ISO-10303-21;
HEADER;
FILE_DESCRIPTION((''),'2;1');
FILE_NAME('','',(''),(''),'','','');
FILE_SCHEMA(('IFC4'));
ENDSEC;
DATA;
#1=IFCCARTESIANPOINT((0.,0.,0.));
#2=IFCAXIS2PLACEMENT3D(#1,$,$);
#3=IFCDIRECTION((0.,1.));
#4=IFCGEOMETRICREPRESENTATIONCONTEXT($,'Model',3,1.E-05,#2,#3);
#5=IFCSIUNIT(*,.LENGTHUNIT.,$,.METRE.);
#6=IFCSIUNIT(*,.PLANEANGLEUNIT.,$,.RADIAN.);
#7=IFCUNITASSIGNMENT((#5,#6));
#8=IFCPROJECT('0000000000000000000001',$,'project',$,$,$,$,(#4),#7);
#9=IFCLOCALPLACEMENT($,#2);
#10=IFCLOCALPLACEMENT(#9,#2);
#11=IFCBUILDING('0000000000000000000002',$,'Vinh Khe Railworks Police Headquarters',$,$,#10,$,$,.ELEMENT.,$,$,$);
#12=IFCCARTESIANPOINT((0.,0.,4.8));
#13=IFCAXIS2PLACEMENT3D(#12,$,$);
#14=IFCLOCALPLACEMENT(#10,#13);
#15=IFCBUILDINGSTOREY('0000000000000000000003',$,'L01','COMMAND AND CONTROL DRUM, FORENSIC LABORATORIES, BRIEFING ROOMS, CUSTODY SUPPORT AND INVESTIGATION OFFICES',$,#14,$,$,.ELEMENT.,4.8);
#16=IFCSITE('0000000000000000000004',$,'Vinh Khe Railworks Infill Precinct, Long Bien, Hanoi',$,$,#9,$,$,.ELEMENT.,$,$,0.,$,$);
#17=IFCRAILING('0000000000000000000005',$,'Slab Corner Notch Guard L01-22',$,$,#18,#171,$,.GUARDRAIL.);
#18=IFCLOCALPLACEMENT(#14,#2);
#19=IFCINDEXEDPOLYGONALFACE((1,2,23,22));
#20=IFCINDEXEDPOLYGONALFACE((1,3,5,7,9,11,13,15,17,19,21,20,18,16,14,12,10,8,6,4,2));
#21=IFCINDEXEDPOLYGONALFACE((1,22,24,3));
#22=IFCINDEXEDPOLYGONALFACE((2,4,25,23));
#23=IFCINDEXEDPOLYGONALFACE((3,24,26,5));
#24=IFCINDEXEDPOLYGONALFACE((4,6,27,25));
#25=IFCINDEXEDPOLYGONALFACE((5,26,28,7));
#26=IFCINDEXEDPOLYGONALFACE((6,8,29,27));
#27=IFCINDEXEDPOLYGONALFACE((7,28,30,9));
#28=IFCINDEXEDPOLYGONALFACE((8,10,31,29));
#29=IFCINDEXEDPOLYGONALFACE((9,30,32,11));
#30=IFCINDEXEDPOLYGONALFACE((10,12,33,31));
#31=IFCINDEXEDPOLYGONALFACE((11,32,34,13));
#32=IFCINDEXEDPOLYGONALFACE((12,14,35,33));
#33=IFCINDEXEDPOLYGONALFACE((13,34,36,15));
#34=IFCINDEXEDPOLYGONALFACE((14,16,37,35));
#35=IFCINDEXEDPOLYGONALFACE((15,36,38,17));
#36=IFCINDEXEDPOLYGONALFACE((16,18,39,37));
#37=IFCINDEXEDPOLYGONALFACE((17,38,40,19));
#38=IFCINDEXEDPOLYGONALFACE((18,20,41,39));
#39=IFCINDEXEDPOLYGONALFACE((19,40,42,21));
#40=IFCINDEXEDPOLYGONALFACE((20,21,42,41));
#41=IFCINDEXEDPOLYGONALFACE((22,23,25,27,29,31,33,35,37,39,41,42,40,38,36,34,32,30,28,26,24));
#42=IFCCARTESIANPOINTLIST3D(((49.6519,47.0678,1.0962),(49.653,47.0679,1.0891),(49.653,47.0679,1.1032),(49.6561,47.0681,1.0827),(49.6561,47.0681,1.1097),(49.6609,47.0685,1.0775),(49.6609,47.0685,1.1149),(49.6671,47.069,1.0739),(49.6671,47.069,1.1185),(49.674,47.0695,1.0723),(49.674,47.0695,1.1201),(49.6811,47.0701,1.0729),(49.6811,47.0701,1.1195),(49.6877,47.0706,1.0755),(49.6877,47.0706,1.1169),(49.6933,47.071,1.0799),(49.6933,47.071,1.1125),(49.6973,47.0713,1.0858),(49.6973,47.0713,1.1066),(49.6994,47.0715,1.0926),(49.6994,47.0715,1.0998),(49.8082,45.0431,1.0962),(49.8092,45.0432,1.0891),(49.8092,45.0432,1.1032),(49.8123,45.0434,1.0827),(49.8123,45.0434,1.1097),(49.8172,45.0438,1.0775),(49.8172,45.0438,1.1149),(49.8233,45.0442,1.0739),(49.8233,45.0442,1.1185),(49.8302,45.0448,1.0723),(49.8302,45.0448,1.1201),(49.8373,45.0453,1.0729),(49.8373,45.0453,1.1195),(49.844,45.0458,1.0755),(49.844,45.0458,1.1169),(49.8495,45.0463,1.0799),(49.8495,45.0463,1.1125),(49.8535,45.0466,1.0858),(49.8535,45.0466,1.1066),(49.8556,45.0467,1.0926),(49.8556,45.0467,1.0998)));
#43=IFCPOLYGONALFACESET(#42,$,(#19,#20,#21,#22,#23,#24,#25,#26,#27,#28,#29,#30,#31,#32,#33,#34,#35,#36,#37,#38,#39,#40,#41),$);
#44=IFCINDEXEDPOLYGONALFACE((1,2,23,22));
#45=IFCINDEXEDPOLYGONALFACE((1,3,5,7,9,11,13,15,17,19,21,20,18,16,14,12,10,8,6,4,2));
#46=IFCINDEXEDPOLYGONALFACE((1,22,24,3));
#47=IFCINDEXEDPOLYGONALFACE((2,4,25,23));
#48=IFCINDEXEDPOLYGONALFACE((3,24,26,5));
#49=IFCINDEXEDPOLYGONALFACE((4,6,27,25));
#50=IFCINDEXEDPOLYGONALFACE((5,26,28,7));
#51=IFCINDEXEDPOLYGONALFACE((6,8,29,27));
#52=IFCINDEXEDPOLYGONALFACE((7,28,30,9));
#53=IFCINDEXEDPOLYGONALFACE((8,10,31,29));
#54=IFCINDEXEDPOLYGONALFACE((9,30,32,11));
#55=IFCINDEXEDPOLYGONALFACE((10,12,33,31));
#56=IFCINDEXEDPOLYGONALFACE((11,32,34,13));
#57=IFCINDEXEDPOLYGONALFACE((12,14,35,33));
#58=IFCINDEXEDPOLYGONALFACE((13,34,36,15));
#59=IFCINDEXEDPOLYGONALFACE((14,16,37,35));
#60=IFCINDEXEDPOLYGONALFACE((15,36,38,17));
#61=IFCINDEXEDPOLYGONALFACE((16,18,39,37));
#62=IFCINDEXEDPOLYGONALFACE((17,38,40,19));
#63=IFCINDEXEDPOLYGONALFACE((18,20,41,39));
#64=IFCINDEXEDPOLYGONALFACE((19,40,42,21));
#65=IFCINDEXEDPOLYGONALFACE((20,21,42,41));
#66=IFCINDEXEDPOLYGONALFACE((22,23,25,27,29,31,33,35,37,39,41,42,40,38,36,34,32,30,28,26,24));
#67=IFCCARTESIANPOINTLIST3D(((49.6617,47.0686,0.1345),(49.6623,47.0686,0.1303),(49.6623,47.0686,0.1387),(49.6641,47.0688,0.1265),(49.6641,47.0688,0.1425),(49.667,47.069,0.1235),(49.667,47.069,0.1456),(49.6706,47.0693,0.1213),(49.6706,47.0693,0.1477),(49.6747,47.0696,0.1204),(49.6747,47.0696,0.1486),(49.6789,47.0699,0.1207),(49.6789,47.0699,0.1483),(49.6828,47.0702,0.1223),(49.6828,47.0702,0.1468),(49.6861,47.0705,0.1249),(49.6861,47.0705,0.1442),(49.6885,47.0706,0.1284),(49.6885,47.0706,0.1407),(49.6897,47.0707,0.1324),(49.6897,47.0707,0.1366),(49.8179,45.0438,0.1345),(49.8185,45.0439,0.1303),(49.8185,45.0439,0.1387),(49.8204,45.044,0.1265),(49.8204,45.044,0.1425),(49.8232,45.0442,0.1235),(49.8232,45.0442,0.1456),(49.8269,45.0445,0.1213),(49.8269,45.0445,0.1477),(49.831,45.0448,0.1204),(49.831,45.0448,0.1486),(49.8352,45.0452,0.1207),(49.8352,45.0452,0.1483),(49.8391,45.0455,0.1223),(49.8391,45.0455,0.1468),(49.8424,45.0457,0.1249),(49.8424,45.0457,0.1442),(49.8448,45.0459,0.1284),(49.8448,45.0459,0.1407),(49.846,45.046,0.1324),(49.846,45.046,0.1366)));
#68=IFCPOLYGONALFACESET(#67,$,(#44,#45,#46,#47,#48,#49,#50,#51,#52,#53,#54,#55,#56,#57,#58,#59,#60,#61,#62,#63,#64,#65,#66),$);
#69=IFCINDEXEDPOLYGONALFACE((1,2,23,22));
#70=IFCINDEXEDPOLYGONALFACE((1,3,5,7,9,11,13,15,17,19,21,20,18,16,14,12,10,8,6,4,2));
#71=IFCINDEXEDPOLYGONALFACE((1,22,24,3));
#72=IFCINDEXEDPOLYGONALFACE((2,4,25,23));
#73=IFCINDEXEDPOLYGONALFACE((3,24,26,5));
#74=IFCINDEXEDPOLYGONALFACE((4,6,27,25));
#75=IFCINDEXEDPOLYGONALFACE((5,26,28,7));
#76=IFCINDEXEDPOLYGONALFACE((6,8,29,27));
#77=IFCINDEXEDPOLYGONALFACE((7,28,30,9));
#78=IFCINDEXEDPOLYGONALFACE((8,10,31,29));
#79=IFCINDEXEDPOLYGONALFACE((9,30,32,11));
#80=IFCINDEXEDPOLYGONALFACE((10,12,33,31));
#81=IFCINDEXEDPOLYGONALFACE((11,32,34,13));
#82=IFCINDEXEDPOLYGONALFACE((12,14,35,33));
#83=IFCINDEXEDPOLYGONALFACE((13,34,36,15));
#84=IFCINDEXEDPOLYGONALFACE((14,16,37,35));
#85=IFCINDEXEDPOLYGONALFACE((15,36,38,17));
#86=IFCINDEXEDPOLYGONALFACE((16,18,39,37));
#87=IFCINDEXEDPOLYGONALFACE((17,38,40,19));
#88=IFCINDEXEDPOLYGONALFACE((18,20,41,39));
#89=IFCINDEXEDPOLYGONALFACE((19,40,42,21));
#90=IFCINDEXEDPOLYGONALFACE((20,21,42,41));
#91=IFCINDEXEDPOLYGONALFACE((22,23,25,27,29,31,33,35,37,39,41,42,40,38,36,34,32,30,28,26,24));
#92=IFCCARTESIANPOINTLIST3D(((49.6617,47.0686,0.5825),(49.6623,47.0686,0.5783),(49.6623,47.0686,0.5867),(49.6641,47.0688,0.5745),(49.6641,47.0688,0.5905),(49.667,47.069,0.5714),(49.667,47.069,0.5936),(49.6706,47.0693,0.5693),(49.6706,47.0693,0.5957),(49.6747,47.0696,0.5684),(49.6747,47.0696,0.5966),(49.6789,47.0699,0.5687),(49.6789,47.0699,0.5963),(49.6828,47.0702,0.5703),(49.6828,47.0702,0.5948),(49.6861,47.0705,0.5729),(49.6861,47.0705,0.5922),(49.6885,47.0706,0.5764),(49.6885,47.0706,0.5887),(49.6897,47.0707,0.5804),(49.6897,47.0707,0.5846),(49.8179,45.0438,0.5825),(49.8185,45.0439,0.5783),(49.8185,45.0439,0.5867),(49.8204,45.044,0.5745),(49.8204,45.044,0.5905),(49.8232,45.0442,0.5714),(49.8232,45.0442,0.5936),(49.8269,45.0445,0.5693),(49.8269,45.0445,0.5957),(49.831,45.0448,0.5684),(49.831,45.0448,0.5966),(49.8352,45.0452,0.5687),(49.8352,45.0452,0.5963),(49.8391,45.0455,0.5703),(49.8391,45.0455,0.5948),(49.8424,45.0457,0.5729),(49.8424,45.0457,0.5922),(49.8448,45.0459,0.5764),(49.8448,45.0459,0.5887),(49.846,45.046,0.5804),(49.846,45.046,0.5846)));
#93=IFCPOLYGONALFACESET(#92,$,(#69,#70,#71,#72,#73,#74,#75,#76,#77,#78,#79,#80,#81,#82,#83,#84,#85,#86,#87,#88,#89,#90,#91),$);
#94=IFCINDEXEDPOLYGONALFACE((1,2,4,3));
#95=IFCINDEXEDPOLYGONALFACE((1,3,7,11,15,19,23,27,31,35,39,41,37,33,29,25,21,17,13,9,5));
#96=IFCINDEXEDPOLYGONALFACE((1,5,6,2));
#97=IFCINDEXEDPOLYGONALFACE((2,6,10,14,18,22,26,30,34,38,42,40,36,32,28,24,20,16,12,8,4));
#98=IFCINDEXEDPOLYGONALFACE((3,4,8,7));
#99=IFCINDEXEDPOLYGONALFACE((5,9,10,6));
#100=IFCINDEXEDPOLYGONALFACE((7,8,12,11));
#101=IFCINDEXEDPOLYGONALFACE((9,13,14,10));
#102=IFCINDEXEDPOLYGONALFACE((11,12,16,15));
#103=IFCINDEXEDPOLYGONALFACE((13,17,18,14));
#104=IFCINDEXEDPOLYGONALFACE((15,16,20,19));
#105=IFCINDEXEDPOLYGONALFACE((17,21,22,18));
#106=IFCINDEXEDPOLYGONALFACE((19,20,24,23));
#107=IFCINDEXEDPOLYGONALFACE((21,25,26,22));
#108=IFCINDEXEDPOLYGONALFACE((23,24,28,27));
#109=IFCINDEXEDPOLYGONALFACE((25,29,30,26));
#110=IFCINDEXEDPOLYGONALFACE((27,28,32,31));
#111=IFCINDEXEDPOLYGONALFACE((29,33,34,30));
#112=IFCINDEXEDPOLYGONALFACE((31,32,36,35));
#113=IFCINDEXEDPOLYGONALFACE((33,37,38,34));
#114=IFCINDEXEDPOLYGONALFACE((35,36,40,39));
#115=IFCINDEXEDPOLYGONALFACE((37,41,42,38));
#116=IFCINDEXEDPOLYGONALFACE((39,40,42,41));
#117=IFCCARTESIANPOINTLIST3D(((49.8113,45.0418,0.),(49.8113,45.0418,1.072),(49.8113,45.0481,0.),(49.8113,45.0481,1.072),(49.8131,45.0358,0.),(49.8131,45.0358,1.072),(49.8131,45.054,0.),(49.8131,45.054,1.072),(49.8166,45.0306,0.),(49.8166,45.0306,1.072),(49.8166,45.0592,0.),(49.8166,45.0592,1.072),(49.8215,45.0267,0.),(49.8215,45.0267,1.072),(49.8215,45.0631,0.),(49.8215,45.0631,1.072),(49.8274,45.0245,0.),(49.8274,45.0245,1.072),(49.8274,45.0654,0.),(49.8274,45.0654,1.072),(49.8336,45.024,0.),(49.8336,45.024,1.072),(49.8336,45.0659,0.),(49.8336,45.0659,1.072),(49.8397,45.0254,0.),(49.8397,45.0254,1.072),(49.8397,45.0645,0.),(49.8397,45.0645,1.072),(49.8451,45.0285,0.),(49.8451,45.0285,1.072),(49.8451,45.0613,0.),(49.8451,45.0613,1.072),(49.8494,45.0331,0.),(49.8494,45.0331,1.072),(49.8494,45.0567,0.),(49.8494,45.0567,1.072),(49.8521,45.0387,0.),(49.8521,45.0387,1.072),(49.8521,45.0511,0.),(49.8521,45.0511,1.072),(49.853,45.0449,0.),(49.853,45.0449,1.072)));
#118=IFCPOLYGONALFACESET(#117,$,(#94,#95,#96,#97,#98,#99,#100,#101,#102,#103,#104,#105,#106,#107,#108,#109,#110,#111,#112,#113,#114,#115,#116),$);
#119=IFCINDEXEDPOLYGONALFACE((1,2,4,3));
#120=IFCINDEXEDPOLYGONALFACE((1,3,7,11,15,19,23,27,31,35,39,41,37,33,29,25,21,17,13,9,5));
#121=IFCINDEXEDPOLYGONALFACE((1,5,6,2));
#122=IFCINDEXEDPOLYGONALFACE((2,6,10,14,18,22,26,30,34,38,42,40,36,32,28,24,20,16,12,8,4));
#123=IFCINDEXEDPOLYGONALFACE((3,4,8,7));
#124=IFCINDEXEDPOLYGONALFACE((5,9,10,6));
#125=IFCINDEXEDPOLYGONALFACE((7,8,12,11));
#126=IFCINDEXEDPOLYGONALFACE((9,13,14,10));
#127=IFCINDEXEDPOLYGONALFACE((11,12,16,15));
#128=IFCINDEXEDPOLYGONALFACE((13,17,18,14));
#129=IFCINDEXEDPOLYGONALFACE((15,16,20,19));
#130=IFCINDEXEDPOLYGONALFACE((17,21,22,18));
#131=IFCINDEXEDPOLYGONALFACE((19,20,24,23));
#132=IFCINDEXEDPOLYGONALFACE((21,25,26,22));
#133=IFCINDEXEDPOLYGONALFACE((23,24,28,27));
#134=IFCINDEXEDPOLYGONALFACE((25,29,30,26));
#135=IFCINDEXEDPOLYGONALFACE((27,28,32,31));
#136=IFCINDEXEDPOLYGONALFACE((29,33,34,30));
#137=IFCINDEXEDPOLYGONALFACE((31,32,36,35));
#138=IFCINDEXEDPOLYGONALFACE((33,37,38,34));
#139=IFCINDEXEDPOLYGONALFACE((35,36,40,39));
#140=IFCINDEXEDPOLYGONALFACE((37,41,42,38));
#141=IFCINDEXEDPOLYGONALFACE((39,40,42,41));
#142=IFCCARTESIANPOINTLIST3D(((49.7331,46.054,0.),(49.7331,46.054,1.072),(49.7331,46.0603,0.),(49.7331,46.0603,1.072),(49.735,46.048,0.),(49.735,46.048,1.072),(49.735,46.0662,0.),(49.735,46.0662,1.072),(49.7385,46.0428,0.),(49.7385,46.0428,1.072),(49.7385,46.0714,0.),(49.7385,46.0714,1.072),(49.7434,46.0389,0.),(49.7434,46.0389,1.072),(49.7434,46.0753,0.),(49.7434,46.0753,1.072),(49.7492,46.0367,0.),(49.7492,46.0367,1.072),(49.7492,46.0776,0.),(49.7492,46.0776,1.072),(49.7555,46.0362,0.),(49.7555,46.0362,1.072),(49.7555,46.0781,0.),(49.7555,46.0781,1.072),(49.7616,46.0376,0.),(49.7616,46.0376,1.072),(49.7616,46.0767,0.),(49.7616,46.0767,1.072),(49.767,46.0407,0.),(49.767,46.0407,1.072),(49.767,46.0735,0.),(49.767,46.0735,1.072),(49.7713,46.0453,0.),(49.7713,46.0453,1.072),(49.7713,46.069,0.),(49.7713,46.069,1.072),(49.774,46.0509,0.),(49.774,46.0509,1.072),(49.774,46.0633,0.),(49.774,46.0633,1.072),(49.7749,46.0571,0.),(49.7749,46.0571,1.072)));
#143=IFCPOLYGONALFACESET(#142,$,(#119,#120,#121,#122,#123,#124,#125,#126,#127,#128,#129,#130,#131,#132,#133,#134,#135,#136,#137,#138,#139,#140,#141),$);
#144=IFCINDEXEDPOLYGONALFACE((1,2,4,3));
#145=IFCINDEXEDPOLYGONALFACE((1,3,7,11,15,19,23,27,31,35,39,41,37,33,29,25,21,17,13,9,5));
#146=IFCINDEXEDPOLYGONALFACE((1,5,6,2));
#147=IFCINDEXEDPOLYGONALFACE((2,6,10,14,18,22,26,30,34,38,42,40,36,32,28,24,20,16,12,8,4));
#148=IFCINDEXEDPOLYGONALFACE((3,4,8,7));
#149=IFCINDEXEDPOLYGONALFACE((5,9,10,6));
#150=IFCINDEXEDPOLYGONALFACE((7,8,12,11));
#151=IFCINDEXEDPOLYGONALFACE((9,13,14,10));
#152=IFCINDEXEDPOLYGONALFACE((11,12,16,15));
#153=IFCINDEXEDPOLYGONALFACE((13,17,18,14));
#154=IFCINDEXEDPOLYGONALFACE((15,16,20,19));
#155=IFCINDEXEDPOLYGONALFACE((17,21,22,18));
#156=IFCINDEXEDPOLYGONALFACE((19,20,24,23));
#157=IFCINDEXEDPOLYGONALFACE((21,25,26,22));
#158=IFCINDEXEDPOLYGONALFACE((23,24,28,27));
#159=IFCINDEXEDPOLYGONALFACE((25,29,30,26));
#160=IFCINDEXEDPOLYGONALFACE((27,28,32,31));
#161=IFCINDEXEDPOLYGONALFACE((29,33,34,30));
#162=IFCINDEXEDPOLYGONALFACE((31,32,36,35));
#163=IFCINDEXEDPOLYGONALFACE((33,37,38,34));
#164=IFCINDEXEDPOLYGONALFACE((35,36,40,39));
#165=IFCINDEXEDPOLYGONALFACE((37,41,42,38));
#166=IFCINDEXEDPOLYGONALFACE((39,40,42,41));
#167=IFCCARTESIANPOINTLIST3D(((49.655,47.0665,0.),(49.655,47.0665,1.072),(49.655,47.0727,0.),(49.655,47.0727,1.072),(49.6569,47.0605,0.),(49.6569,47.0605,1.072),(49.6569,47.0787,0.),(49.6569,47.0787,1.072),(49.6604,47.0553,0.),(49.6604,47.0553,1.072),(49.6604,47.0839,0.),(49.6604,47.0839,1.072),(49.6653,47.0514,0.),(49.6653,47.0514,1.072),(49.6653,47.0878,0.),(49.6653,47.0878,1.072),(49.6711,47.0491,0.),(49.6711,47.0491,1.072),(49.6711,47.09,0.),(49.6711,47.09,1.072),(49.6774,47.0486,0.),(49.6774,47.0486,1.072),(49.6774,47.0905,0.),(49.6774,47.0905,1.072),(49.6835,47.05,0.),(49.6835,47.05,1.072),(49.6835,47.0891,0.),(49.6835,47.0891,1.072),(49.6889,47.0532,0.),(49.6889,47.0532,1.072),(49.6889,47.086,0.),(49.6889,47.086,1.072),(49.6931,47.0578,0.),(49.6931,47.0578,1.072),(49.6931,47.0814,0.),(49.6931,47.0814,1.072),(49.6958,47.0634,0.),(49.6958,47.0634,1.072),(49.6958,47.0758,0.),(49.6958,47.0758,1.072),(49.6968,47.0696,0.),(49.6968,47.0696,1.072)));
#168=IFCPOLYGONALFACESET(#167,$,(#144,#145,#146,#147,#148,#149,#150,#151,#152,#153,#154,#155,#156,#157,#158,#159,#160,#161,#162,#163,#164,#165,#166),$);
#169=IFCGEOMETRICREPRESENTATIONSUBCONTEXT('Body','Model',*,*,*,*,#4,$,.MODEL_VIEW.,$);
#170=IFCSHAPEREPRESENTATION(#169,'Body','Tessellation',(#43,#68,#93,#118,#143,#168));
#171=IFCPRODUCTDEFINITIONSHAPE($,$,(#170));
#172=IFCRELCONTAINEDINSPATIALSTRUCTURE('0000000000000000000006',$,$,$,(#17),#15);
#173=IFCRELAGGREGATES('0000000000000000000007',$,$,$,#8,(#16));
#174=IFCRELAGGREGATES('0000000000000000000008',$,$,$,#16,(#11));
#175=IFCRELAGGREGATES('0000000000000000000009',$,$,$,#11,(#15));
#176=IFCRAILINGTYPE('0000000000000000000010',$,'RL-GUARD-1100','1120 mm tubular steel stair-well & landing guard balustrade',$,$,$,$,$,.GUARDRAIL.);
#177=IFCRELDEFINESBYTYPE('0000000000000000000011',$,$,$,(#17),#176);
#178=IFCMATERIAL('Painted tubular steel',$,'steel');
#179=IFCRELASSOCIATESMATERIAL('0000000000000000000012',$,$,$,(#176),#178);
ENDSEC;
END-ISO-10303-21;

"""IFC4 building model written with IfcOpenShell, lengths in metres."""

from ifc_helpers import new_model, si_unit, direction, frame, origin, origin_2d, place, context, subcontext, project, spatial, circle, extrude, material, type_object, element, save


model = new_model("IFC4")

# Units and contexts
model_context = context("Model", 3, precision=1e-05, world=origin(), true_north=direction((0.0, 1.0)))
body_context = subcontext(model_context, "Body", "Model", "MODEL_VIEW")
ifc_project = project(units=[si_unit("LENGTHUNIT", "METRE"), si_unit("PLANEANGLEUNIT", "RADIAN")], contexts=[model_context])

# Site, building, storey
site_placement = place(None, origin())
site = spatial("IfcSite", under=ifc_project, at=site_placement, Name="Vinh Khe Railworks Infill Precinct, Long Bien, Hanoi", CompositionType="ELEMENT", RefElevation=0.0)
building_placement = place(site_placement, origin())
building = spatial("IfcBuilding", under=site, at=building_placement, Name="Vinh Khe Railworks Police Headquarters", CompositionType="ELEMENT")
storey_placement = place(building_placement, frame((0.0, 0.0, 4.8)))
storey = spatial("IfcBuildingStorey", under=building, at=storey_placement, Name="L01", Description="COMMAND AND CONTROL DRUM, FORENSIC LABORATORIES, BRIEFING ROOMS, CUSTODY SUPPORT AND INVESTIGATION OFFICES", CompositionType="ELEMENT", Elevation=4.8)

# Railing
ifc_material_1 = material(Name="Painted tubular steel", Category="steel")
railing_type = type_object("IfcRailingType", Name="RL-GUARD-1100", Description="1120 mm tubular steel stair-well & landing guard balustrade", PredefinedType="GUARDRAIL", material=ifc_material_1)
railing_1_placement = place(storey_placement, frame((49.832, 45.0449, 0.0)))
element("IfcRailing", 1, at=railing_1_placement, inside=storey, type_object=railing_type, Name="Slab Corner Notch Guard L01-22", PredefinedType="GUARDRAIL", context=body_context, shape_type="SweptSolid", body=[
    extrude(circle(Radius=0.0239, at=origin_2d()), frame((0.0, 0.0, 1.0962), z_axis=(-0.076945, 0.997035, 0.0), x_axis=(-0.997035, -0.076945, 0.0)), (0.0, 0.0, 1.0), 2.0308),
    extrude(circle(Radius=0.0142, at=origin_2d()), frame((0.0, 0.0, 0.1345), z_axis=(-0.076945, 0.997035, 0.0), x_axis=(-0.997035, -0.076945, 0.0)), (0.0, 0.0, 1.0), 2.0308),
    extrude(circle(Radius=0.0142, at=origin_2d()), frame((0.0, 0.0, 0.5825), z_axis=(-0.076945, 0.997035, 0.0), x_axis=(-0.997035, -0.076945, 0.0)), (0.0, 0.0, 1.0), 2.0308),
    extrude(circle(Radius=0.021, at=origin_2d()), origin(), (0.0, 0.0, 1.0), 1.072),
    extrude(circle(Radius=0.021, at=origin_2d()), frame((-0.0781, 1.0122, 0.0)), (0.0, 0.0, 1.0), 1.072),
    extrude(circle(Radius=0.021, at=origin_2d()), frame((-0.1562, 2.0247, 0.0)), (0.0, 0.0, 1.0), 1.072),
])

save(model, "model.ifc")
